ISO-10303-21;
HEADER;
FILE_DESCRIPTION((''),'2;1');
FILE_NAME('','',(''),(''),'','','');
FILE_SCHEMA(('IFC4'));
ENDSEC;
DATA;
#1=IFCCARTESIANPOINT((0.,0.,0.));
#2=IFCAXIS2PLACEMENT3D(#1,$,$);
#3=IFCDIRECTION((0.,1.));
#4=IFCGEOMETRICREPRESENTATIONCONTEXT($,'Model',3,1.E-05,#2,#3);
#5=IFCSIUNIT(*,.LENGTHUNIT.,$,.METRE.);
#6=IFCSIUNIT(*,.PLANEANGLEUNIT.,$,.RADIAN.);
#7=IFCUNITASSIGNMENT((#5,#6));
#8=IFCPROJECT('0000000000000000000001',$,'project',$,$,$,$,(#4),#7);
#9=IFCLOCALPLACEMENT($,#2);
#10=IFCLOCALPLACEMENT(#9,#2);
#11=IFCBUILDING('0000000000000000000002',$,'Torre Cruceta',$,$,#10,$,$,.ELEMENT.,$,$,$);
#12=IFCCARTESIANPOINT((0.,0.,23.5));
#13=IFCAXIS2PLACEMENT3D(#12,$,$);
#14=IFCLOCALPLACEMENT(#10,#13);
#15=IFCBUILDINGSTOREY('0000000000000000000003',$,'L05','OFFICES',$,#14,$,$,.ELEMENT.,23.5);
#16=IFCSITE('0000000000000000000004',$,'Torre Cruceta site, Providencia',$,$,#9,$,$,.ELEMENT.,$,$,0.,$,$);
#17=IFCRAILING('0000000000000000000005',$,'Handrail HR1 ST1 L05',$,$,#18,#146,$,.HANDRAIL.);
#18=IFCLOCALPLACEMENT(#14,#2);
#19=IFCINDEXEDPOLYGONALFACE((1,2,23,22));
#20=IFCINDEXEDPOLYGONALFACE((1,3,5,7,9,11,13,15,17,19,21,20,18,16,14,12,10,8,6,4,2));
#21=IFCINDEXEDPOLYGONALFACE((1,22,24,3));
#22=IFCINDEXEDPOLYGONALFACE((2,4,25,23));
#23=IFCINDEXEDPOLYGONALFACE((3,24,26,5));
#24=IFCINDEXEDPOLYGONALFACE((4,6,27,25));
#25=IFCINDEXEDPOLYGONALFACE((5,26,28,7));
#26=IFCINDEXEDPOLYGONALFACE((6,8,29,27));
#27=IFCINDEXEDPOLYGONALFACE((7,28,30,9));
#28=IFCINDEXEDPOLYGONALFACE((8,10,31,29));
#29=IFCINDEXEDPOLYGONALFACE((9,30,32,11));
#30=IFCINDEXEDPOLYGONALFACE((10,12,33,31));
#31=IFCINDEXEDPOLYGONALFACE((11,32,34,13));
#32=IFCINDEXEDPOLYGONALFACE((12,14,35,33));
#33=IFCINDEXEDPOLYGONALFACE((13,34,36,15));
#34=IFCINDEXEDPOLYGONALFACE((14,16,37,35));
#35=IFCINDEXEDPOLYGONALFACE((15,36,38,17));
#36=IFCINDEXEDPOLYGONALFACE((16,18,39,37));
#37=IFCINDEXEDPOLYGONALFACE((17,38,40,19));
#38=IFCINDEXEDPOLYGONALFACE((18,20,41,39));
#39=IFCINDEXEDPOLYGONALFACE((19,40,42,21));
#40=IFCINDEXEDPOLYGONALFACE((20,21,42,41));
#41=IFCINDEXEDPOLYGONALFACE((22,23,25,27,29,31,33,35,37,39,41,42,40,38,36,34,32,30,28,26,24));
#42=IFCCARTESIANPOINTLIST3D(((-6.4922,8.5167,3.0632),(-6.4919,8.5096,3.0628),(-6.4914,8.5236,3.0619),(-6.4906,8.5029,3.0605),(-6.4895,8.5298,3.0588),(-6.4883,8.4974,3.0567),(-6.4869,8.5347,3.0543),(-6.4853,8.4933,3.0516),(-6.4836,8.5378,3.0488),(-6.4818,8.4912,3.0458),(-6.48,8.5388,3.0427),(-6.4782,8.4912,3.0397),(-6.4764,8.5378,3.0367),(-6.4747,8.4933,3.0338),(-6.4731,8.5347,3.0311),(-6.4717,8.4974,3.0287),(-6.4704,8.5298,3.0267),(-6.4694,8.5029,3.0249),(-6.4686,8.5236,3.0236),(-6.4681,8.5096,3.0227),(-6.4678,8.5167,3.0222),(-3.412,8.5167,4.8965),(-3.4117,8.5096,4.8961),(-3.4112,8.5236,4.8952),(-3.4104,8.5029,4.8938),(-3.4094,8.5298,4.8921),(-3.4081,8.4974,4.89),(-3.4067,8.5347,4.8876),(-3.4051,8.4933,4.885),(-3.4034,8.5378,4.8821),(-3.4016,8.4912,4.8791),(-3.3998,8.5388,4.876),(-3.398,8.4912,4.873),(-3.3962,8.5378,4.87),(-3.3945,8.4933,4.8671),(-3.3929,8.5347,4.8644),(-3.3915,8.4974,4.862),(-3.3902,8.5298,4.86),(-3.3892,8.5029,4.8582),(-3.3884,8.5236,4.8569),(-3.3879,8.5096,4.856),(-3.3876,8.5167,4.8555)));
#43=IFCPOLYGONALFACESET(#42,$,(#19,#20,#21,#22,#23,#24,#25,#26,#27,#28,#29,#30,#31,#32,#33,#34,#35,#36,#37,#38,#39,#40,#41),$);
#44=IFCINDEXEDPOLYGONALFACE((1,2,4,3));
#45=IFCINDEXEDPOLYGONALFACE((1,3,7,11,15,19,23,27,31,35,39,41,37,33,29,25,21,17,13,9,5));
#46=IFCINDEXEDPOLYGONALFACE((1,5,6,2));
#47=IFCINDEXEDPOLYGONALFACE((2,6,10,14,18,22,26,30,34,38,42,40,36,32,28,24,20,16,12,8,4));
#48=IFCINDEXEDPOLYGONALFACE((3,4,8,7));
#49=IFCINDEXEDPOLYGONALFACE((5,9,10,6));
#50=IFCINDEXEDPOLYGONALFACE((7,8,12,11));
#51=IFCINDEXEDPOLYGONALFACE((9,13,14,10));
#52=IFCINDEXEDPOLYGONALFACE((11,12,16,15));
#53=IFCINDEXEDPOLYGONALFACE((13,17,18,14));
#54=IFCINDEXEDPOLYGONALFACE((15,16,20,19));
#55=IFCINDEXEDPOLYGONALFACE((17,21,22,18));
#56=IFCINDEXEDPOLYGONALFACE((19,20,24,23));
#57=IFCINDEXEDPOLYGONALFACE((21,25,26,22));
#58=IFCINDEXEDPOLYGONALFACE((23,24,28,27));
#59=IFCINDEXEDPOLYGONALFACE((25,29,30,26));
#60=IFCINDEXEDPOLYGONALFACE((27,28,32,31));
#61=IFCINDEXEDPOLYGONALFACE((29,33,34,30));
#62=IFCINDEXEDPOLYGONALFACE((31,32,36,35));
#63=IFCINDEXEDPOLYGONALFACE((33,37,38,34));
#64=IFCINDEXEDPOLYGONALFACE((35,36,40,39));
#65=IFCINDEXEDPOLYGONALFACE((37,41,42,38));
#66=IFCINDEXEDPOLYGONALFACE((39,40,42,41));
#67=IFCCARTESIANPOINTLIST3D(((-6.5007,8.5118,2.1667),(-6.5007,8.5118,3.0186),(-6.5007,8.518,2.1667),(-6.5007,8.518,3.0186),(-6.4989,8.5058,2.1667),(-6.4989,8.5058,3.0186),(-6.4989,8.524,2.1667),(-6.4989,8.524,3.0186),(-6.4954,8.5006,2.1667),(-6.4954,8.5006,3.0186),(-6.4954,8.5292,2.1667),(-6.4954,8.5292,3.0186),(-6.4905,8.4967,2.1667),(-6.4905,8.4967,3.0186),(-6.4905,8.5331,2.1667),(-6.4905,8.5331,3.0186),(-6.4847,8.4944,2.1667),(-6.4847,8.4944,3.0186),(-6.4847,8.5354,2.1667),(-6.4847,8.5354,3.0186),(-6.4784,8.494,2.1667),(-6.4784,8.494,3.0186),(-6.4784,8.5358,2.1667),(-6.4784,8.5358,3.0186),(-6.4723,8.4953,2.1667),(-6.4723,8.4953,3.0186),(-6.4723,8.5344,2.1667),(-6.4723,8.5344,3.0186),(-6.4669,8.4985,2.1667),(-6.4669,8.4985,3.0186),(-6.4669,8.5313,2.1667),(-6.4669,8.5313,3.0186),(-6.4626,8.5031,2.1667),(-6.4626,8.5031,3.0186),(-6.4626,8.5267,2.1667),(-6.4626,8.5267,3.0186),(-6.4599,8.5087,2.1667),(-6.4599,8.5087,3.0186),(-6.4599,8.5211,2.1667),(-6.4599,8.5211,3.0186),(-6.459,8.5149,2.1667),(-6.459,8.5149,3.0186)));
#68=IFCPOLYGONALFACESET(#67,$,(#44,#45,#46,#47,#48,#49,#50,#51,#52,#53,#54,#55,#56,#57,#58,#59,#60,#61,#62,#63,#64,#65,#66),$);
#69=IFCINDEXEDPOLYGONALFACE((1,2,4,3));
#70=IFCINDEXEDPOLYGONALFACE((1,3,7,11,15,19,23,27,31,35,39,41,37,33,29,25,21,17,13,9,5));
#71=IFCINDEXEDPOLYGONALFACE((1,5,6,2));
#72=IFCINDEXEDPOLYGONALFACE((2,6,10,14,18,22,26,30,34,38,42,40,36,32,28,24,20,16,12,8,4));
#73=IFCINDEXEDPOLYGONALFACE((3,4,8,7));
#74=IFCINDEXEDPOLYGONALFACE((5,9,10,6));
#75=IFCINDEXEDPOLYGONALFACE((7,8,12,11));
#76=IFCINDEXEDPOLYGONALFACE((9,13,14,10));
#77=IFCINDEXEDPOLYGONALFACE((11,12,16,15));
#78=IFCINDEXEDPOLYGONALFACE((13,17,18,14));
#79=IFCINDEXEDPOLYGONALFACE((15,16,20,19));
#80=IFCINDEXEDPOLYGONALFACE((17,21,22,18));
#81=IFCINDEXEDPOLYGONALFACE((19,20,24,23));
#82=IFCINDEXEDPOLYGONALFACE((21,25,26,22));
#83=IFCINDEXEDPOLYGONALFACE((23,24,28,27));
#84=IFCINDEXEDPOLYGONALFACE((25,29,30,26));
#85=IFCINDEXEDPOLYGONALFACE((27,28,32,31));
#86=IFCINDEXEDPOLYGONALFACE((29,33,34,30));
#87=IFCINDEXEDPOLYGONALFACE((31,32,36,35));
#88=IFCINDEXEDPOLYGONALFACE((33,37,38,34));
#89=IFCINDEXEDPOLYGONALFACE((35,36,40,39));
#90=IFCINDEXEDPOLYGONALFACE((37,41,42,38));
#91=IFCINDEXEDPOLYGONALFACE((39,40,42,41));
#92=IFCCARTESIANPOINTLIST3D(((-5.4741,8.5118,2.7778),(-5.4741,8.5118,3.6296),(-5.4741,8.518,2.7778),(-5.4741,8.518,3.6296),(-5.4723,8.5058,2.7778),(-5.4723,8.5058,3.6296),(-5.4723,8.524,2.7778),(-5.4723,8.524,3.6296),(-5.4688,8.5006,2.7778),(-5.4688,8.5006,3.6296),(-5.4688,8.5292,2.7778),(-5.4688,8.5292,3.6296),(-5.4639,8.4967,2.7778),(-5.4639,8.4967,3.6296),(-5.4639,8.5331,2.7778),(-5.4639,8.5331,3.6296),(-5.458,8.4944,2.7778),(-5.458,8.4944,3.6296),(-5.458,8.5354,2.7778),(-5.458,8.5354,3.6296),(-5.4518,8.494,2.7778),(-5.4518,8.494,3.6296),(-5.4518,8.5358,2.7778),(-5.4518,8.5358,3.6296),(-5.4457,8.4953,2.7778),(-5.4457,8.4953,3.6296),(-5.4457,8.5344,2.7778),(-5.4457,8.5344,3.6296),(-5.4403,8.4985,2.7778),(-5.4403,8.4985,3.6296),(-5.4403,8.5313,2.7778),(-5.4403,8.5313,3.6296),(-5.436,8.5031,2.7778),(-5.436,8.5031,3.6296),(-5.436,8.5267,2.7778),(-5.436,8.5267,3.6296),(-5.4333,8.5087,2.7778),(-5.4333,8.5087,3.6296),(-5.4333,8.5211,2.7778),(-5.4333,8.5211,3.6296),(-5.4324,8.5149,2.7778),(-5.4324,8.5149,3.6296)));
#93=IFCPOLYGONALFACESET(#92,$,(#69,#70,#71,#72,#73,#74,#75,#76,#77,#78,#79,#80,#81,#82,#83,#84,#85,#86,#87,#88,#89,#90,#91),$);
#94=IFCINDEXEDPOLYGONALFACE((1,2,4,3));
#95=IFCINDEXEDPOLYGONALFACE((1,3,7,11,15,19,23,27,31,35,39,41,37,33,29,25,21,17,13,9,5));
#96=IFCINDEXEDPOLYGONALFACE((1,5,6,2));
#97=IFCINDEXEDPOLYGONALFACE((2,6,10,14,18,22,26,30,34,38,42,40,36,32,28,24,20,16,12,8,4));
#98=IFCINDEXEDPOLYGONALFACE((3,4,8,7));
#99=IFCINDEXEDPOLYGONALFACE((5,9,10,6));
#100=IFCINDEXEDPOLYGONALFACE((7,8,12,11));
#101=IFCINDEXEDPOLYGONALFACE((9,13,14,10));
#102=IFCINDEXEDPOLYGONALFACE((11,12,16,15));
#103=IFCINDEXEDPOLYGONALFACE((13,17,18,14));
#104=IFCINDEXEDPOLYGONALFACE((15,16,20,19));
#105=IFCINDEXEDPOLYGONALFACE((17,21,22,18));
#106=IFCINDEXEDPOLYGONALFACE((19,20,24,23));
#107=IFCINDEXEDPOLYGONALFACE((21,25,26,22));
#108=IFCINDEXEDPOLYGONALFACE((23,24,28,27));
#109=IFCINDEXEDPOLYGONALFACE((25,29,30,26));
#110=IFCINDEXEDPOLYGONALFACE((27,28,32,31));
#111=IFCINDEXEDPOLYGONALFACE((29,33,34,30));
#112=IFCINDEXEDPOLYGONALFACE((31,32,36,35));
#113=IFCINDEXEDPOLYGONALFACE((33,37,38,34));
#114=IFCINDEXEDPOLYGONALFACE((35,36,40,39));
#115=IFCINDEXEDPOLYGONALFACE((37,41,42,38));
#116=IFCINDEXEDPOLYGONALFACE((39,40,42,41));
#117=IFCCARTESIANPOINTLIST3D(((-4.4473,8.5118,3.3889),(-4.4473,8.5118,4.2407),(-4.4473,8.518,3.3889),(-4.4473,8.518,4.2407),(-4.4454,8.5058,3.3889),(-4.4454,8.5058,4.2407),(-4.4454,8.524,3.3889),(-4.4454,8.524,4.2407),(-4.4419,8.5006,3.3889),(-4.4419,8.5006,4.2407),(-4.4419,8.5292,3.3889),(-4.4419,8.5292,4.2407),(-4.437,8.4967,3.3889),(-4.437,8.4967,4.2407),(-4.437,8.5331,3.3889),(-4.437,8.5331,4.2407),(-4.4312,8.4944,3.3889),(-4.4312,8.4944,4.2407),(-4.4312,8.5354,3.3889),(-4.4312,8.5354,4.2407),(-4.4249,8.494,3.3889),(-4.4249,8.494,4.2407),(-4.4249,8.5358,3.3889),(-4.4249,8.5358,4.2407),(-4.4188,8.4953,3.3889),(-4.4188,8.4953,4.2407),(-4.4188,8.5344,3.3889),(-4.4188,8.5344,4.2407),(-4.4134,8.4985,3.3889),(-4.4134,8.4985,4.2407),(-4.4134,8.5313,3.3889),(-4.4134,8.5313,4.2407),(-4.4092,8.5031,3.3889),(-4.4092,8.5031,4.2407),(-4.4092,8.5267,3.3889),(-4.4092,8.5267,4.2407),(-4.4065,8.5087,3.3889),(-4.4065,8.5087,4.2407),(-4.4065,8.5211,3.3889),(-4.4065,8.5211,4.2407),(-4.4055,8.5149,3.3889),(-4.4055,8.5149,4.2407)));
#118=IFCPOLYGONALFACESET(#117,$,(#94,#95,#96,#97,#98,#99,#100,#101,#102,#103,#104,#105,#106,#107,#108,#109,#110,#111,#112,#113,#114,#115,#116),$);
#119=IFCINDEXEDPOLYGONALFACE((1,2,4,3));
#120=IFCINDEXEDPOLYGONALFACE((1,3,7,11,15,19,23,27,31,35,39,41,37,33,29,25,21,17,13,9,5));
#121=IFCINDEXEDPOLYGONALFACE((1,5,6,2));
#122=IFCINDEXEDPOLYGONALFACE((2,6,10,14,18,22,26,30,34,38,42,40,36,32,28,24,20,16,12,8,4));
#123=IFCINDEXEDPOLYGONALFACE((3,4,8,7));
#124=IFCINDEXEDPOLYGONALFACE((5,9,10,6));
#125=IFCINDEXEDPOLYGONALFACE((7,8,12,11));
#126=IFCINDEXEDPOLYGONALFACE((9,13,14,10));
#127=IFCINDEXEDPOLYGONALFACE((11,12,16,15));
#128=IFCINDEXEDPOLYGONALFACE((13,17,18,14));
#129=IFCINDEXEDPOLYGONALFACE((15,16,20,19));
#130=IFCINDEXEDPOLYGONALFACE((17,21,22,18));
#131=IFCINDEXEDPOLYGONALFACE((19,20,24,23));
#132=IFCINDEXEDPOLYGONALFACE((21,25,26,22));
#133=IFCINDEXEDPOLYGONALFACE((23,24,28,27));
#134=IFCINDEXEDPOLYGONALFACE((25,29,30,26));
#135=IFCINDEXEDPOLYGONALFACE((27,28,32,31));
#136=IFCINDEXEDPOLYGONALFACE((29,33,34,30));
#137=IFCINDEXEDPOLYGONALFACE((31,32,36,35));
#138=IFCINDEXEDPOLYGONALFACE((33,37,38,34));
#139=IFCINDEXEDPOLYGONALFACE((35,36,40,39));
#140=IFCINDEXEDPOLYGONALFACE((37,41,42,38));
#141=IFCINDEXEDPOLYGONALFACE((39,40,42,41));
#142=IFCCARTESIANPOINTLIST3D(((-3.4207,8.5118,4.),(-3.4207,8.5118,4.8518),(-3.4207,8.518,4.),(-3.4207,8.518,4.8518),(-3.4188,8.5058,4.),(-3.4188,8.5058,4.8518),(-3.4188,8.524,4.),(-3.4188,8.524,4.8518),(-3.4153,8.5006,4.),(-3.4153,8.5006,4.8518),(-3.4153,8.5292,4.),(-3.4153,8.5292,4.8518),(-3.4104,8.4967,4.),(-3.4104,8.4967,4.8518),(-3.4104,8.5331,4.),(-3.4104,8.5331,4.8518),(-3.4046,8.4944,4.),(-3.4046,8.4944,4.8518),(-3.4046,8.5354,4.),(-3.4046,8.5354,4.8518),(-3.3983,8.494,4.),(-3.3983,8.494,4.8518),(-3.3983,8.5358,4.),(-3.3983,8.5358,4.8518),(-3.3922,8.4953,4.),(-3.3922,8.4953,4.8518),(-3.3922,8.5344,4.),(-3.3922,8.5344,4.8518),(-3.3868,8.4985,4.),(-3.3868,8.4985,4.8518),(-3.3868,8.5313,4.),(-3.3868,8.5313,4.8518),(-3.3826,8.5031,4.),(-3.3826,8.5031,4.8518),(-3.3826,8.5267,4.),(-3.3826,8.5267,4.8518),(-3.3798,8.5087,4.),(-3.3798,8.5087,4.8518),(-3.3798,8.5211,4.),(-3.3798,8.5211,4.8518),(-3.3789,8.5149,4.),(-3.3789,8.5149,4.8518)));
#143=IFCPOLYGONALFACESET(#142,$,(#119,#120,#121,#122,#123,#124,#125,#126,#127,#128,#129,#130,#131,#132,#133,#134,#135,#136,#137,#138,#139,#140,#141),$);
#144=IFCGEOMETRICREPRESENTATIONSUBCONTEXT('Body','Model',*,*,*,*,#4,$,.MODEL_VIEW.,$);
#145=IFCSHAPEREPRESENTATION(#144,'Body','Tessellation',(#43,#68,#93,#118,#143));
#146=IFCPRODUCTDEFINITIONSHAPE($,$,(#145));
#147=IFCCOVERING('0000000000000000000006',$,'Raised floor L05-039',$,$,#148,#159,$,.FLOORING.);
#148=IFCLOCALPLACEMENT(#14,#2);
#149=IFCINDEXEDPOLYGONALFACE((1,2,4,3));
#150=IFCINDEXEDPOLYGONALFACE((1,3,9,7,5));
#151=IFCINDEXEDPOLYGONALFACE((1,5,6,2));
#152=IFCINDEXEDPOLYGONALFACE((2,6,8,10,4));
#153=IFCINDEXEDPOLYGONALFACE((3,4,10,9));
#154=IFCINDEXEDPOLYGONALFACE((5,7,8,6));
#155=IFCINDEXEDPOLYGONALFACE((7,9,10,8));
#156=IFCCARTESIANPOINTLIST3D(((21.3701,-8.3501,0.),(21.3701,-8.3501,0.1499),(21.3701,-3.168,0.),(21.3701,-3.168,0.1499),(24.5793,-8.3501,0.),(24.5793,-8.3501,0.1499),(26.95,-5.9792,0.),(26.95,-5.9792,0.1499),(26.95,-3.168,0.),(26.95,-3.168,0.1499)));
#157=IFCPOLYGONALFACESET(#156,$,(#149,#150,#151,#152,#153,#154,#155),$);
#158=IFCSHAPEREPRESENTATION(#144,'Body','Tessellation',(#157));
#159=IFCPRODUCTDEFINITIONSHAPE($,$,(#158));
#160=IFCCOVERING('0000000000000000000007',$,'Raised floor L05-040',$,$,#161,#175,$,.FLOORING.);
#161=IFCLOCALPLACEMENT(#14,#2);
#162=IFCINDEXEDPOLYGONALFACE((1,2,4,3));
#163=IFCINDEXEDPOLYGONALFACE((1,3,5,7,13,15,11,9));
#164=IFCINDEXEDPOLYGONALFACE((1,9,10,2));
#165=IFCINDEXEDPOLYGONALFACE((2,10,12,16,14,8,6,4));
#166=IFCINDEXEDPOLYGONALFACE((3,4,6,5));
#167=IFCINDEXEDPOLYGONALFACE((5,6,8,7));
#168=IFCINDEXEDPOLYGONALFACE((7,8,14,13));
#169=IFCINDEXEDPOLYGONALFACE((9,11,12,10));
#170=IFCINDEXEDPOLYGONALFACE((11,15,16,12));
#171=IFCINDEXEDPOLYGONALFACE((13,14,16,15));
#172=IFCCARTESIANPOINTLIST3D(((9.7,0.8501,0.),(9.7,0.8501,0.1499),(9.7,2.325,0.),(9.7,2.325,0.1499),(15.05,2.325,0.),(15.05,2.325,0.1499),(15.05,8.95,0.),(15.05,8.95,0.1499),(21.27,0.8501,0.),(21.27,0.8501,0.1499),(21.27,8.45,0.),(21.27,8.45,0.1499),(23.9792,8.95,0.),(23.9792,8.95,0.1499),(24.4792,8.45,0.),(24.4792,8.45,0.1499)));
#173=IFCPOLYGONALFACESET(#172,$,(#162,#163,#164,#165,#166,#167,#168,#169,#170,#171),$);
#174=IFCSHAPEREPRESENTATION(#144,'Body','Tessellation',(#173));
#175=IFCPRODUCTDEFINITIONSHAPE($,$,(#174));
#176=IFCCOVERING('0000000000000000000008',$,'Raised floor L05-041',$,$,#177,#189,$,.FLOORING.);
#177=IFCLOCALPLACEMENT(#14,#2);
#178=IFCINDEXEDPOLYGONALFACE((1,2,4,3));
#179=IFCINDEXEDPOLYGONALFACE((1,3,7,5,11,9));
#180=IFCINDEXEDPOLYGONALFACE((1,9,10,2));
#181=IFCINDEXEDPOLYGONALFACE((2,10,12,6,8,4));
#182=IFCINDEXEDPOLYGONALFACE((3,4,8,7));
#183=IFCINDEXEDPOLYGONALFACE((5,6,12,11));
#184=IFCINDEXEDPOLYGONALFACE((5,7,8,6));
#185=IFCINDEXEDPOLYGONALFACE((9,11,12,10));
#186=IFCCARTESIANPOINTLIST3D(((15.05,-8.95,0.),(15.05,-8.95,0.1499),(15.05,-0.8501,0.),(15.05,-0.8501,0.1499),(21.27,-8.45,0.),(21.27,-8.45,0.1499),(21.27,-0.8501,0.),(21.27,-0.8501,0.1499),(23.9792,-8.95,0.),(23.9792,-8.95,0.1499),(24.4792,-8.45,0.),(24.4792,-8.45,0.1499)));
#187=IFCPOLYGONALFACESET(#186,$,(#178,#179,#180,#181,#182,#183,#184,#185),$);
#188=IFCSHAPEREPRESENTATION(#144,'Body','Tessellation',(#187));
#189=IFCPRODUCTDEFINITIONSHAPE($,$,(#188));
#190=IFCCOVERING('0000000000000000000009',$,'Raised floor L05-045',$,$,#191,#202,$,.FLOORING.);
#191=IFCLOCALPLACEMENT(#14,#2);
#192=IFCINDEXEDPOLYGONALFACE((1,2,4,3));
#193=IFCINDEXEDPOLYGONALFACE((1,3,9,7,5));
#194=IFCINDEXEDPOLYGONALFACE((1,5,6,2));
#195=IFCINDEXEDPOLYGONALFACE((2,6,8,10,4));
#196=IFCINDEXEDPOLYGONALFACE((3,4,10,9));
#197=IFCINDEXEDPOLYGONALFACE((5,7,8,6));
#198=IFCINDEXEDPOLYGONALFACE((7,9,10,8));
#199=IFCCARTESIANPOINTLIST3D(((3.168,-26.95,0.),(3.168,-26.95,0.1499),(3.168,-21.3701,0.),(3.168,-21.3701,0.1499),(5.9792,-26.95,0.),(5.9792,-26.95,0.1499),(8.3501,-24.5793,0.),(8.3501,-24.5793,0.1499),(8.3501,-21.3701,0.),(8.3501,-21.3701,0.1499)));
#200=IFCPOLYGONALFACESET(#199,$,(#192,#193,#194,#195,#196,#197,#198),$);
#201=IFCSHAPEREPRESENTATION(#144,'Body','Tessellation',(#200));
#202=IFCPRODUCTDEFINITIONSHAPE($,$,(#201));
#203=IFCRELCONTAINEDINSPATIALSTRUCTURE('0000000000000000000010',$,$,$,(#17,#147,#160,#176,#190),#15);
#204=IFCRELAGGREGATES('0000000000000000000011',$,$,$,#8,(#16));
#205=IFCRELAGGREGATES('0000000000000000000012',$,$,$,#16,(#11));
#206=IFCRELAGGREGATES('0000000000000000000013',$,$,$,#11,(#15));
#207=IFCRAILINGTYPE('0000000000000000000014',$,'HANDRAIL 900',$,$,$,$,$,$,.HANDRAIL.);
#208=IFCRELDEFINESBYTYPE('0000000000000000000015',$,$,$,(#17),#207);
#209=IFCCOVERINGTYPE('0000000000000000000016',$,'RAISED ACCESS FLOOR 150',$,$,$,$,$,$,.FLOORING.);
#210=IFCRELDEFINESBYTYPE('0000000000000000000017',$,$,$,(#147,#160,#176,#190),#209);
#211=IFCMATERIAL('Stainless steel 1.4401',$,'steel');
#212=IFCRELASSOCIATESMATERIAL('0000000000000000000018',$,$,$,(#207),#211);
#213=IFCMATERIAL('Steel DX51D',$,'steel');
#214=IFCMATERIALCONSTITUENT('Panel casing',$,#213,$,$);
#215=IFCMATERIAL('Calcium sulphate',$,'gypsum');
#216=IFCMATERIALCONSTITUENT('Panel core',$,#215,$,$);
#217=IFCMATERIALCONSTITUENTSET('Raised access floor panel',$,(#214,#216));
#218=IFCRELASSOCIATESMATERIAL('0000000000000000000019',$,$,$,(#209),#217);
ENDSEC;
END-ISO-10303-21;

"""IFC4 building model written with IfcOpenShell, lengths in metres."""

from ifc_helpers import new_model, si_unit, direction, frame, origin, origin_2d, place, context, subcontext, project, spatial, polyline, circle, outline, extrude, material, constituent, constituent_set, type_object, element, save


model = new_model("IFC4")

# Units and contexts
model_context = context("Model", 3, precision=1e-05, world=origin(), true_north=direction((0.0, 1.0)))
body_context = subcontext(model_context, "Body", "Model", "MODEL_VIEW")
ifc_project = project(units=[si_unit("LENGTHUNIT", "METRE"), si_unit("PLANEANGLEUNIT", "RADIAN")], contexts=[model_context])

# Site, building, storey
site_placement = place(None, origin())
site = spatial("IfcSite", under=ifc_project, at=site_placement, Name="Torre Cruceta site, Providencia", CompositionType="ELEMENT", RefElevation=0.0)
building_placement = place(site_placement, origin())
building = spatial("IfcBuilding", under=site, at=building_placement, Name="Torre Cruceta", CompositionType="ELEMENT")
storey_placement = place(building_placement, frame((0.0, 0.0, 23.5)))
storey = spatial("IfcBuildingStorey", under=building, at=storey_placement, Name="L05", Description="OFFICES", CompositionType="ELEMENT", Elevation=23.5)

# Railing
ifc_material_1 = material(Name="Stainless steel 1.4401", Category="steel")
railing_type = type_object("IfcRailingType", Name="HANDRAIL 900", PredefinedType="HANDRAIL", material=ifc_material_1)
railing_1_placement = place(storey_placement, frame((-6.48, 8.5149, 2.1667)))
element("IfcRailing", 1, at=railing_1_placement, inside=storey, type_object=railing_type, Name="Handrail HR1 ST1 L05", PredefinedType="HANDRAIL", context=body_context, shape_type="SweptSolid", body=[
    extrude(circle(Radius=0.0239, at=origin_2d()), frame((0.0, 0.0, 0.876), z_axis=(0.859309, 0.0, 0.511458), x_axis=(0.0, 1.0, 0.0)), (0.0, 0.0, 1.0), 3.5845),
    extrude(circle(Radius=0.021, at=origin_2d()), origin(), (0.0, 0.0, 1.0), 0.8518),
    extrude(circle(Radius=0.021, at=origin_2d()), frame((1.0266, 0.0, 0.6111)), (0.0, 0.0, 1.0), 0.8518),
    extrude(circle(Radius=0.021, at=origin_2d()), frame((2.0535, 0.0, 1.2222)), (0.0, 0.0, 1.0), 0.8518),
    extrude(circle(Radius=0.021, at=origin_2d()), frame((3.0801, 0.0, 1.8333)), (0.0, 0.0, 1.0), 0.8518),
])

# Coverings
ifc_material_2 = material(Name="Steel DX51D", Category="steel")
ifc_constituent_1 = constituent(ifc_material_2, Name="Panel casing")
ifc_material_3 = material(Name="Calcium sulphate", Category="gypsum")
ifc_constituent_2 = constituent(ifc_material_3, Name="Panel core")
ifc_constituent_set_1 = constituent_set(constituents=[ifc_constituent_1, ifc_constituent_2], Name="Raised access floor panel")
covering_type_1 = type_object("IfcCoveringType", Name="RAISED ACCESS FLOOR 150", PredefinedType="FLOORING", material=ifc_constituent_set_1)
covering_1_placement = place(storey_placement, origin())
element("IfcCovering", 2, at=covering_1_placement, inside=storey, type_object=covering_type_1, Name="Raised floor L05-039", PredefinedType="FLOORING", context=body_context, shape_type="SweptSolid", body=[
    extrude(outline(polyline([(24.5793, -8.3501), (21.3701, -8.3501), (21.3701, -3.168), (26.95, -3.168), (26.95, -5.9792), (24.5793, -8.3501)])), origin(), (0.0, 0.0, 1.0), 0.1499),
])
covering_2_placement = place(storey_placement, origin())
element("IfcCovering", 3, at=covering_2_placement, inside=storey, type_object=covering_type_1, Name="Raised floor L05-040", PredefinedType="FLOORING", context=body_context, shape_type="SweptSolid", body=[
    extrude(outline(polyline([(9.7, 2.325), (15.05, 2.325), (15.05, 8.95), (23.9792, 8.95), (24.4792, 8.45), (21.27, 8.45), (21.27, 0.8501), (9.7, 0.8501), (9.7, 2.325)])), origin(), (0.0, 0.0, 1.0), 0.1499),
])
covering_3_placement = place(storey_placement, origin())
element("IfcCovering", 4, at=covering_3_placement, inside=storey, type_object=covering_type_1, Name="Raised floor L05-041", PredefinedType="FLOORING", context=body_context, shape_type="SweptSolid", body=[
    extrude(outline(polyline([(15.05, -8.95), (15.05, -0.8501), (21.27, -0.8501), (21.27, -8.45), (24.4792, -8.45), (23.9792, -8.95), (15.05, -8.95)])), origin(), (0.0, 0.0, 1.0), 0.1499),
])
covering_4_placement = place(storey_placement, origin())
element("IfcCovering", 5, at=covering_4_placement, inside=storey, type_object=covering_type_1, Name="Raised floor L05-045", PredefinedType="FLOORING", context=body_context, shape_type="SweptSolid", body=[
    extrude(outline(polyline([(3.168, -26.95), (3.168, -21.3701), (8.3501, -21.3701), (8.3501, -24.5793), (5.9792, -26.95), (3.168, -26.95)])), origin(), (0.0, 0.0, 1.0), 0.1499),
])

save(model, "model.ifc")
